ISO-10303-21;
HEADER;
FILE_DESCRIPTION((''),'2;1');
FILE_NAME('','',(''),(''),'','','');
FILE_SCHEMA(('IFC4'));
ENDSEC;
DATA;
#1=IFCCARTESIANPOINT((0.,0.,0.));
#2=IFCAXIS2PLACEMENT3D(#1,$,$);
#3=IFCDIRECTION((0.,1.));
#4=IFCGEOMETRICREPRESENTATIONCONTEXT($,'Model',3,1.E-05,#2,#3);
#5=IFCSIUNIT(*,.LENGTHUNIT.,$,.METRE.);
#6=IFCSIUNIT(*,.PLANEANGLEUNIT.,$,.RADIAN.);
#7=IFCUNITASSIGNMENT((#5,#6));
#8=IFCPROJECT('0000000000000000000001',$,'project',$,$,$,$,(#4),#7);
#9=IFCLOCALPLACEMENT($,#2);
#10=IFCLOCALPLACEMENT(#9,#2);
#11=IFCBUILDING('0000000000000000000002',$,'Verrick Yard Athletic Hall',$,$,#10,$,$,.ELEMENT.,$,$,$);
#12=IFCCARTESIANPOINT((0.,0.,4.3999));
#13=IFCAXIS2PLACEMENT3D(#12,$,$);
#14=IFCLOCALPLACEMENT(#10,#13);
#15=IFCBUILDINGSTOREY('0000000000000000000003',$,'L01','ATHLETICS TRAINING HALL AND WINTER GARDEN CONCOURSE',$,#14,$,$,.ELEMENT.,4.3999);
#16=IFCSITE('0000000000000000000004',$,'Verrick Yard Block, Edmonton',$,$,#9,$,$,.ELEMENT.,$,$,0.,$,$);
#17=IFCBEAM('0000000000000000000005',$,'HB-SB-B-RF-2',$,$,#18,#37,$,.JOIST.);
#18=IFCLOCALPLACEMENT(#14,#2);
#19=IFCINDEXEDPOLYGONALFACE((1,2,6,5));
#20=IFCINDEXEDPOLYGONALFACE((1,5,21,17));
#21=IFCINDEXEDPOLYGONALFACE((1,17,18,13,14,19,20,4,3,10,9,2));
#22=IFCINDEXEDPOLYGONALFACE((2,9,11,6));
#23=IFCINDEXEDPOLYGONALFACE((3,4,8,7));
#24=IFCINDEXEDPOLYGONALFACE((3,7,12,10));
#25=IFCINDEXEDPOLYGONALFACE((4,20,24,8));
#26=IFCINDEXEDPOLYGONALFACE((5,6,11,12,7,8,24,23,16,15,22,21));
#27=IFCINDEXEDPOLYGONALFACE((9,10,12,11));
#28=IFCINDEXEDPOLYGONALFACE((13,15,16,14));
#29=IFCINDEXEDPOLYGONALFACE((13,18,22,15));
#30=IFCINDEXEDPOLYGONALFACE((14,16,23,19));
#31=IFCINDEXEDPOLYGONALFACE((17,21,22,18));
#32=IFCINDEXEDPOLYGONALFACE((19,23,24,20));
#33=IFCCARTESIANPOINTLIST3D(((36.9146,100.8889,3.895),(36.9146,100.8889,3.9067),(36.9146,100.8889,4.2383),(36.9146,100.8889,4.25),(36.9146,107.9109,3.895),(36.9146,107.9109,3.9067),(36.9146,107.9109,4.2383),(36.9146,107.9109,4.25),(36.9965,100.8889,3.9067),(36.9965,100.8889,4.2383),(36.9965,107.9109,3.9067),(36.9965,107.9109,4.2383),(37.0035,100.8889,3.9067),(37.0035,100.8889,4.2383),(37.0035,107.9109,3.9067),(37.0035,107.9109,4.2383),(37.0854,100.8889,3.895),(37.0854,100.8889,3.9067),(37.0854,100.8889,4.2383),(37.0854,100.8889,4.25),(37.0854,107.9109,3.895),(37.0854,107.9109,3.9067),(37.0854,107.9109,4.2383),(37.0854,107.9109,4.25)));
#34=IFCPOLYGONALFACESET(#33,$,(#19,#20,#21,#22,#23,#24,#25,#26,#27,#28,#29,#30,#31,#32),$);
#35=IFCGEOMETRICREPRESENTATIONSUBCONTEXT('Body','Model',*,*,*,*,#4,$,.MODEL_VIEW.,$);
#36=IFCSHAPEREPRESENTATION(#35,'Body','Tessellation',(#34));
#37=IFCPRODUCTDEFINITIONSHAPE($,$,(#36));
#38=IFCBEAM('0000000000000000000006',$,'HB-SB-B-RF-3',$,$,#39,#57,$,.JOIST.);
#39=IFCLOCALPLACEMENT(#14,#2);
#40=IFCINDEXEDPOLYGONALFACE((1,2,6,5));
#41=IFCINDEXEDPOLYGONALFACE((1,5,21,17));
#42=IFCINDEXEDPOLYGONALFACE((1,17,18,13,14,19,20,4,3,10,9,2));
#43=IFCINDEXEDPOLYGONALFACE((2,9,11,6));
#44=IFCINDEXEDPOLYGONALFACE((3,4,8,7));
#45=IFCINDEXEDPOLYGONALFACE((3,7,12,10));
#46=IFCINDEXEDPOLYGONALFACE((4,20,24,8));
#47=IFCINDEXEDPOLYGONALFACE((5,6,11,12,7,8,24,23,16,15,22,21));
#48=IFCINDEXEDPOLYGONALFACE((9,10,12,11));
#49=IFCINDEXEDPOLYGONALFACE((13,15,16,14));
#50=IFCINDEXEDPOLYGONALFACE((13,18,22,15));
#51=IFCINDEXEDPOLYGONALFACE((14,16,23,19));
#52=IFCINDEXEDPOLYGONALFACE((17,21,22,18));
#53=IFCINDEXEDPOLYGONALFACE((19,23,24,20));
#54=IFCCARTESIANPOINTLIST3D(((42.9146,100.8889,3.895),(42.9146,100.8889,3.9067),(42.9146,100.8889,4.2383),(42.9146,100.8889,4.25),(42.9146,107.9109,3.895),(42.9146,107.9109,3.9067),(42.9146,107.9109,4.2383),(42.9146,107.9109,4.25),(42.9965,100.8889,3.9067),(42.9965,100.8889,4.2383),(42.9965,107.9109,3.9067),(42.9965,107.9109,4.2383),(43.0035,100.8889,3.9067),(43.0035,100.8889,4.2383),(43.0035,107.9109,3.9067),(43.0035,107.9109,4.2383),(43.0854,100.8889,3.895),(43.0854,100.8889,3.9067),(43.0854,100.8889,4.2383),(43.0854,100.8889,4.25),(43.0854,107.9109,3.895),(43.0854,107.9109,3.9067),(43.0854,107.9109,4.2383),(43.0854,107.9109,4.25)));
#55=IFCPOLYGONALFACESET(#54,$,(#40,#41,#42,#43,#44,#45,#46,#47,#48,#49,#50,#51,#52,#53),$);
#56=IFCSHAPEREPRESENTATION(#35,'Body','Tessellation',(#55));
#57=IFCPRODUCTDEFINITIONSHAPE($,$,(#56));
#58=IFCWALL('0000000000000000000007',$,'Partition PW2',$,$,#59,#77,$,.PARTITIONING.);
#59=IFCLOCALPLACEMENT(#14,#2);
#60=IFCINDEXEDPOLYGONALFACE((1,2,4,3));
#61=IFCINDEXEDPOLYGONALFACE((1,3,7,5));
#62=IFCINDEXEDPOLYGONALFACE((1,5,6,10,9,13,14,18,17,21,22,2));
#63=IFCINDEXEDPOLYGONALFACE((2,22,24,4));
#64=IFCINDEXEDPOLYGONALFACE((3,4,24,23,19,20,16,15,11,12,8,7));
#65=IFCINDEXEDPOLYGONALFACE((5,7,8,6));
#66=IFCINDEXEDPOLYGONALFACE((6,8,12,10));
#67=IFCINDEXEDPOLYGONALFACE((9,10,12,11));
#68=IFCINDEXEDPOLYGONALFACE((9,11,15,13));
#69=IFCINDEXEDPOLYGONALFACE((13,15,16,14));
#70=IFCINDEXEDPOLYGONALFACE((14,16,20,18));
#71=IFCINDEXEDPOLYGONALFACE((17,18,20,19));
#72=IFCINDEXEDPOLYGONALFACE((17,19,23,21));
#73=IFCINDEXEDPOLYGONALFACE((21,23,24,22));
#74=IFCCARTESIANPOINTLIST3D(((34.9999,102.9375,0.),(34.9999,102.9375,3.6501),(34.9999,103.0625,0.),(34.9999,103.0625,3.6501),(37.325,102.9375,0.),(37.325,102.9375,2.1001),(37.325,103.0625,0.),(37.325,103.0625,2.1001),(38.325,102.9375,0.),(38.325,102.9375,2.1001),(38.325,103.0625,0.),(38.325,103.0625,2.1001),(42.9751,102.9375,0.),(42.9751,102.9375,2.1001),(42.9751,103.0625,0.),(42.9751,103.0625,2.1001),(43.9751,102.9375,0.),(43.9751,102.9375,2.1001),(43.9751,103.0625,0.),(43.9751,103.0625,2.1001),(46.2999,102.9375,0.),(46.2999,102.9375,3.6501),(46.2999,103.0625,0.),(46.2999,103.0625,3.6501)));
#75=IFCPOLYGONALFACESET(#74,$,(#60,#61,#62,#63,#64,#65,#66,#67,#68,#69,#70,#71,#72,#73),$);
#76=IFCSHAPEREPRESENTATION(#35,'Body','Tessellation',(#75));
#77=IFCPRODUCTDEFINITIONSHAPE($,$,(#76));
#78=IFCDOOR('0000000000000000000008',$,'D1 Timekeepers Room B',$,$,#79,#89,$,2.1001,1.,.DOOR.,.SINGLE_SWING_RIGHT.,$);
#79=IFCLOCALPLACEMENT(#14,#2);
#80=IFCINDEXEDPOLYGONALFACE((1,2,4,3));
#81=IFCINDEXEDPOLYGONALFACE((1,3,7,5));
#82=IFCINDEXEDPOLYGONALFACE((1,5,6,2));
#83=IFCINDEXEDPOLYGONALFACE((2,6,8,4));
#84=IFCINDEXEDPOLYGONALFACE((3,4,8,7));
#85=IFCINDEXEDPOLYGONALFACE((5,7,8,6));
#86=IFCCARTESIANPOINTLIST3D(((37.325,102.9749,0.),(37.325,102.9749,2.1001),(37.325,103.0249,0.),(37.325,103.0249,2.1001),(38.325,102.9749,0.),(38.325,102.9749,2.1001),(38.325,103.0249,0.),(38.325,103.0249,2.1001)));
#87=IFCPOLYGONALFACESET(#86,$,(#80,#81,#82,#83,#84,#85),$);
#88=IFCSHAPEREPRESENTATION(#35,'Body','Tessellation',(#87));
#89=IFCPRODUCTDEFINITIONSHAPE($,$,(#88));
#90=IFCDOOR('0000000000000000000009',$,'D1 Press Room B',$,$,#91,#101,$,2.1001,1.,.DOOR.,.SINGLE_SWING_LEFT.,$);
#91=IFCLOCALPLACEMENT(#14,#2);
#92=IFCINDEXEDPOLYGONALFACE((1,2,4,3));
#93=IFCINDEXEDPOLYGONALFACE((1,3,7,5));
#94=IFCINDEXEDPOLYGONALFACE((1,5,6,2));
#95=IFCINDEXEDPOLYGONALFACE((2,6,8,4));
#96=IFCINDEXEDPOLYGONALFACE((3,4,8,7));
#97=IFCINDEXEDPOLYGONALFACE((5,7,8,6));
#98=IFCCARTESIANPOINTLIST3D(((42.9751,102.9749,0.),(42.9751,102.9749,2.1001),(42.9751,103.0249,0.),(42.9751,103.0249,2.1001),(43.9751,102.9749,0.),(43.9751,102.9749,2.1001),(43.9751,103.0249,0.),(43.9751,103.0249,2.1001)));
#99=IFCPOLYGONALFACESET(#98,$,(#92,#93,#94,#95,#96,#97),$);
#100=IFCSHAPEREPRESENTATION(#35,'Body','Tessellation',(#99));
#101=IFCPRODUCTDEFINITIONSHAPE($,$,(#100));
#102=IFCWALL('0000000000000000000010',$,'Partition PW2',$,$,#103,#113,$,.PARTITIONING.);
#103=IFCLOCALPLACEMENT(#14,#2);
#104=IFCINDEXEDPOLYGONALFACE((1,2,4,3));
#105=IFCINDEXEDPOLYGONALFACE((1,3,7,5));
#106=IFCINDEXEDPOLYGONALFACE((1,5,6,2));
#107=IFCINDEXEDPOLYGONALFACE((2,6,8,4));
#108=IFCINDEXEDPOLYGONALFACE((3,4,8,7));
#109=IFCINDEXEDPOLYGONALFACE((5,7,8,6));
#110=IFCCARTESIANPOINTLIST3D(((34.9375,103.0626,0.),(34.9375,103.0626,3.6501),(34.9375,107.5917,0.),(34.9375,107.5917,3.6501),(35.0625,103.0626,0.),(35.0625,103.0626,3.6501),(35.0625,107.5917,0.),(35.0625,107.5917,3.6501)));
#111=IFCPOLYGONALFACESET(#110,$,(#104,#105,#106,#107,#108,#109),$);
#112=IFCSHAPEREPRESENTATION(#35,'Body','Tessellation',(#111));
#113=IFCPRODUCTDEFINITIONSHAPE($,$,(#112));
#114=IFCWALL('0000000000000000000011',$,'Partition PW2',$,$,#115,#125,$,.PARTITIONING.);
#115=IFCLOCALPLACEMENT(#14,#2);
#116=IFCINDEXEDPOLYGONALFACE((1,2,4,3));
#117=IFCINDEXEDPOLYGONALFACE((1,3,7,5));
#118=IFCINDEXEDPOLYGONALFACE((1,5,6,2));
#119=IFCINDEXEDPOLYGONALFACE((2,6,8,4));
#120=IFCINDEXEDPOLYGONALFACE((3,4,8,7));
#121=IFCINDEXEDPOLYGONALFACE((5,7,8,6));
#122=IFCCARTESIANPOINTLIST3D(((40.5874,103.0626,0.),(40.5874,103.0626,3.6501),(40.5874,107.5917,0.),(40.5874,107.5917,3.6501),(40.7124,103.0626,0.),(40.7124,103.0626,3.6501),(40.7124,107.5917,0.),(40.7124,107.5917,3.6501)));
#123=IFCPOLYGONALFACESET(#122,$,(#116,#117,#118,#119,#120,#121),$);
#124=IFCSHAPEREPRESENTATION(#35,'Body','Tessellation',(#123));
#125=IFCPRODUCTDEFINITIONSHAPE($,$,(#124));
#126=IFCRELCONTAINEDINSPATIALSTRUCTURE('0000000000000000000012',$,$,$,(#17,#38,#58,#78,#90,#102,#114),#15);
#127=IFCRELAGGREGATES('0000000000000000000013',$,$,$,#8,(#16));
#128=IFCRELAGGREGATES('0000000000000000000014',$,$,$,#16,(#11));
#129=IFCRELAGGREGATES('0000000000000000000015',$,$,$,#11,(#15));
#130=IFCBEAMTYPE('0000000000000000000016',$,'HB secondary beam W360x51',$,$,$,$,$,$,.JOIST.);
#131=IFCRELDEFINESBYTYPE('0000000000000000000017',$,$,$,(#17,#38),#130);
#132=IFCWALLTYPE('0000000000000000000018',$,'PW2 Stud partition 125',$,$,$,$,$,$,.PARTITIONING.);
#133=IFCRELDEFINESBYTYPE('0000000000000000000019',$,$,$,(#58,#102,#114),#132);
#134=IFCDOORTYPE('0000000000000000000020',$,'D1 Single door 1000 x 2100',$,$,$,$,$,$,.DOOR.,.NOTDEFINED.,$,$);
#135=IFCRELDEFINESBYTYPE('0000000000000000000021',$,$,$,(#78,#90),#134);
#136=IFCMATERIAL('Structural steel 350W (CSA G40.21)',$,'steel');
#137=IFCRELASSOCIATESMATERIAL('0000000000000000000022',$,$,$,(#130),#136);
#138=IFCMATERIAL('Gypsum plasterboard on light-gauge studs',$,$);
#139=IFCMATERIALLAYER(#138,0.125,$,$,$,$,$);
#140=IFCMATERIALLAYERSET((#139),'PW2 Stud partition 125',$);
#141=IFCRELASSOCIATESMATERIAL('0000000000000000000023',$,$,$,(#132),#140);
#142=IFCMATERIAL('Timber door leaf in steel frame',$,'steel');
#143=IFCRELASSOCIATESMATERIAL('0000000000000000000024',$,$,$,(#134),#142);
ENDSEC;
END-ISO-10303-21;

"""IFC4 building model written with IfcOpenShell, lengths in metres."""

from ifc_helpers import new_model, si_unit, direction, frame, frame_2d, origin, origin_2d, place, context, subcontext, project, spatial, rectangle, i_section, extrude, material, layer, layer_set, material_profile, profile_set, type_object, element, fill, save


model = new_model("IFC4")

# Units and contexts
model_context = context("Model", 3, precision=1e-05, world=origin(), true_north=direction((0.0, 1.0)))
body_context = subcontext(model_context, "Body", "Model", "MODEL_VIEW")
ifc_project = project(units=[si_unit("LENGTHUNIT", "METRE"), si_unit("PLANEANGLEUNIT", "RADIAN")], contexts=[model_context])

# Site, building, storey
site_placement = place(None, origin())
site = spatial("IfcSite", under=ifc_project, at=site_placement, Name="Verrick Yard Block, Edmonton", CompositionType="ELEMENT", RefElevation=0.0)
building_placement = place(site_placement, origin())
building = spatial("IfcBuilding", under=site, at=building_placement, Name="Verrick Yard Athletic Hall", CompositionType="ELEMENT")
storey_placement = place(building_placement, frame((0.0, 0.0, 4.3999)))
storey = spatial("IfcBuildingStorey", under=building, at=storey_placement, Name="L01", Description="ATHLETICS TRAINING HALL AND WINTER GARDEN CONCOURSE", CompositionType="ELEMENT", Elevation=4.3999)

# Shared definitions
ifc_material_1 = material(Name="Structural steel 350W (CSA G40.21)", Category="steel")

# Beams
ifc_material_profile_1 = material_profile(ifc_material_1, i_section(OverallWidth=0.1709, OverallDepth=0.355, WebThickness=0.0071, FlangeThickness=0.0117, at=origin_2d()), Name="W360x51")
ifc_profile_set_1 = profile_set([ifc_material_profile_1], Name="Structural steel 350W (CSA G40.21)")
beam_type_1 = type_object("IfcBeamType", Name="HB secondary beam W360x51", PredefinedType="JOIST", material=ifc_profile_set_1)
for number, where, z_axis, x_axis, name in (
    (1, (37.0, 100.8889, 4.0725), (0.0, 1.0, 0.0), (-1.0, 0.0, 0.0), "HB-SB-B-RF-2"),
    (2, (43.0, 100.8889, 4.0725), (0.0, 1.0, 0.0), (-1.0, 0.0, 0.0), "HB-SB-B-RF-3"),
):
    element("IfcBeam", number, at=place(storey_placement, frame(where, z_axis=z_axis, x_axis=x_axis)), inside=storey, type_object=beam_type_1, Name=name, PredefinedType="JOIST", context=body_context, shape_type="SweptSolid", body=[
        extrude(i_section(OverallWidth=0.1709, OverallDepth=0.355, WebThickness=0.0071, FlangeThickness=0.0117, at=origin_2d()), origin(), (0.0, 0.0, 1.0), 7.022),
    ])

# Wall, openings, doors
ifc_material_2 = material(Name="Gypsum plasterboard on light-gauge studs")
ifc_layer = layer(ifc_material_2, 0.125)
ifc_layer_set = layer_set([ifc_layer], Name="PW2 Stud partition 125")
wall_type = type_object("IfcWallType", Name="PW2 Stud partition 125", PredefinedType="PARTITIONING", material=ifc_layer_set)
wall_placement = place(storey_placement, frame((35.0, 103.0, 0.0), z_axis=(0.0, 0.0, 1.0), x_axis=(1.0, 0.0, 0.0)))
wall = element("IfcWall", 3, at=wall_placement, inside=storey, type_object=wall_type, Name="Partition PW2", PredefinedType="PARTITIONING", context=body_context, shape_type="SweptSolid", body=[
    extrude(rectangle(XDim=11.3, YDim=0.125, at=frame_2d((5.6499, 0.0))), origin(), (0.0, 0.0, 1.0), 3.6501),
])
opening_1_placement = place(wall_placement, frame((2.325, 0.0, 0.0)))
opening_1 = element("IfcOpeningElement", 4, at=opening_1_placement, cuts=wall, PredefinedType="OPENING", context=body_context, shape_type="SweptSolid", body=[
    extrude(rectangle(XDim=1.0, YDim=2.1001, at=frame_2d((0.5, 1.05))), frame((0.0, 0.0725, 0.0), z_axis=(0.0, -1.0, 0.0), x_axis=(1.0, 0.0, 0.0)), (0.0, 0.0, 1.0), 0.145),
])
opening_2_placement = place(wall_placement, frame((7.9751, 0.0, 0.0)))
opening_2 = element("IfcOpeningElement", 5, at=opening_2_placement, cuts=wall, PredefinedType="OPENING", context=body_context, shape_type="SweptSolid", body=[
    extrude(rectangle(XDim=1.0, YDim=2.1001, at=frame_2d((0.5, 1.05))), frame((0.0, 0.0725, 0.0), z_axis=(0.0, -1.0, 0.0), x_axis=(1.0, 0.0, 0.0)), (0.0, 0.0, 1.0), 0.145),
])
ifc_material_3 = material(Name="Timber door leaf in steel frame", Category="steel")
door_type = type_object("IfcDoorType", Name="D1 Single door 1000 x 2100", OperationType="NOTDEFINED", PredefinedType="DOOR", material=ifc_material_3)
door_1_placement = place(opening_1_placement, origin())
door_1 = element("IfcDoor", 6, at=door_1_placement, inside=storey, type_object=door_type, Name="D1 Timekeepers Room B", OperationType="SINGLE_SWING_RIGHT", OverallHeight=2.1001, OverallWidth=1.0, PredefinedType="DOOR", context=body_context, shape_type="SweptSolid", body=[
    extrude(rectangle(XDim=1.0, YDim=2.1001, at=frame_2d((0.5, 1.05))), frame((0.0, 0.0249, 0.0), z_axis=(0.0, -1.0, 0.0), x_axis=(1.0, 0.0, 0.0)), (0.0, 0.0, 1.0), 0.05),
])
fill(opening_1, door_1)
door_2_placement = place(opening_2_placement, origin())
door_2 = element("IfcDoor", 7, at=door_2_placement, inside=storey, type_object=door_type, Name="D1 Press Room B", OperationType="SINGLE_SWING_LEFT", OverallHeight=2.1001, OverallWidth=1.0, PredefinedType="DOOR", context=body_context, shape_type="SweptSolid", body=[
    extrude(rectangle(XDim=1.0, YDim=2.1001, at=frame_2d((0.5, 1.05))), frame((0.0, 0.0249, 0.0), z_axis=(0.0, -1.0, 0.0), x_axis=(1.0, 0.0, 0.0)), (0.0, 0.0, 1.0), 0.05),
])
fill(opening_2, door_2)

# Walls
for number, where, z_axis, x_axis, name in (
    (8, (35.0, 103.0625, 0.0), (0.0, 0.0, 1.0), (0.0, 1.0, 0.0), "Partition PW2"),
    (9, (40.6499, 103.0625, 0.0), (0.0, 0.0, 1.0), (0.0, 1.0, 0.0), "Partition PW2"),
):
    element("IfcWall", number, at=place(storey_placement, frame(where, z_axis=z_axis, x_axis=x_axis)), inside=storey, type_object=wall_type, Name=name, PredefinedType="PARTITIONING", context=body_context, shape_type="SweptSolid", body=[
        extrude(rectangle(XDim=4.5291, YDim=0.125, at=frame_2d((2.2646, 0.0))), origin(), (0.0, 0.0, 1.0), 3.6501),
    ])

save(model, "model.ifc")
